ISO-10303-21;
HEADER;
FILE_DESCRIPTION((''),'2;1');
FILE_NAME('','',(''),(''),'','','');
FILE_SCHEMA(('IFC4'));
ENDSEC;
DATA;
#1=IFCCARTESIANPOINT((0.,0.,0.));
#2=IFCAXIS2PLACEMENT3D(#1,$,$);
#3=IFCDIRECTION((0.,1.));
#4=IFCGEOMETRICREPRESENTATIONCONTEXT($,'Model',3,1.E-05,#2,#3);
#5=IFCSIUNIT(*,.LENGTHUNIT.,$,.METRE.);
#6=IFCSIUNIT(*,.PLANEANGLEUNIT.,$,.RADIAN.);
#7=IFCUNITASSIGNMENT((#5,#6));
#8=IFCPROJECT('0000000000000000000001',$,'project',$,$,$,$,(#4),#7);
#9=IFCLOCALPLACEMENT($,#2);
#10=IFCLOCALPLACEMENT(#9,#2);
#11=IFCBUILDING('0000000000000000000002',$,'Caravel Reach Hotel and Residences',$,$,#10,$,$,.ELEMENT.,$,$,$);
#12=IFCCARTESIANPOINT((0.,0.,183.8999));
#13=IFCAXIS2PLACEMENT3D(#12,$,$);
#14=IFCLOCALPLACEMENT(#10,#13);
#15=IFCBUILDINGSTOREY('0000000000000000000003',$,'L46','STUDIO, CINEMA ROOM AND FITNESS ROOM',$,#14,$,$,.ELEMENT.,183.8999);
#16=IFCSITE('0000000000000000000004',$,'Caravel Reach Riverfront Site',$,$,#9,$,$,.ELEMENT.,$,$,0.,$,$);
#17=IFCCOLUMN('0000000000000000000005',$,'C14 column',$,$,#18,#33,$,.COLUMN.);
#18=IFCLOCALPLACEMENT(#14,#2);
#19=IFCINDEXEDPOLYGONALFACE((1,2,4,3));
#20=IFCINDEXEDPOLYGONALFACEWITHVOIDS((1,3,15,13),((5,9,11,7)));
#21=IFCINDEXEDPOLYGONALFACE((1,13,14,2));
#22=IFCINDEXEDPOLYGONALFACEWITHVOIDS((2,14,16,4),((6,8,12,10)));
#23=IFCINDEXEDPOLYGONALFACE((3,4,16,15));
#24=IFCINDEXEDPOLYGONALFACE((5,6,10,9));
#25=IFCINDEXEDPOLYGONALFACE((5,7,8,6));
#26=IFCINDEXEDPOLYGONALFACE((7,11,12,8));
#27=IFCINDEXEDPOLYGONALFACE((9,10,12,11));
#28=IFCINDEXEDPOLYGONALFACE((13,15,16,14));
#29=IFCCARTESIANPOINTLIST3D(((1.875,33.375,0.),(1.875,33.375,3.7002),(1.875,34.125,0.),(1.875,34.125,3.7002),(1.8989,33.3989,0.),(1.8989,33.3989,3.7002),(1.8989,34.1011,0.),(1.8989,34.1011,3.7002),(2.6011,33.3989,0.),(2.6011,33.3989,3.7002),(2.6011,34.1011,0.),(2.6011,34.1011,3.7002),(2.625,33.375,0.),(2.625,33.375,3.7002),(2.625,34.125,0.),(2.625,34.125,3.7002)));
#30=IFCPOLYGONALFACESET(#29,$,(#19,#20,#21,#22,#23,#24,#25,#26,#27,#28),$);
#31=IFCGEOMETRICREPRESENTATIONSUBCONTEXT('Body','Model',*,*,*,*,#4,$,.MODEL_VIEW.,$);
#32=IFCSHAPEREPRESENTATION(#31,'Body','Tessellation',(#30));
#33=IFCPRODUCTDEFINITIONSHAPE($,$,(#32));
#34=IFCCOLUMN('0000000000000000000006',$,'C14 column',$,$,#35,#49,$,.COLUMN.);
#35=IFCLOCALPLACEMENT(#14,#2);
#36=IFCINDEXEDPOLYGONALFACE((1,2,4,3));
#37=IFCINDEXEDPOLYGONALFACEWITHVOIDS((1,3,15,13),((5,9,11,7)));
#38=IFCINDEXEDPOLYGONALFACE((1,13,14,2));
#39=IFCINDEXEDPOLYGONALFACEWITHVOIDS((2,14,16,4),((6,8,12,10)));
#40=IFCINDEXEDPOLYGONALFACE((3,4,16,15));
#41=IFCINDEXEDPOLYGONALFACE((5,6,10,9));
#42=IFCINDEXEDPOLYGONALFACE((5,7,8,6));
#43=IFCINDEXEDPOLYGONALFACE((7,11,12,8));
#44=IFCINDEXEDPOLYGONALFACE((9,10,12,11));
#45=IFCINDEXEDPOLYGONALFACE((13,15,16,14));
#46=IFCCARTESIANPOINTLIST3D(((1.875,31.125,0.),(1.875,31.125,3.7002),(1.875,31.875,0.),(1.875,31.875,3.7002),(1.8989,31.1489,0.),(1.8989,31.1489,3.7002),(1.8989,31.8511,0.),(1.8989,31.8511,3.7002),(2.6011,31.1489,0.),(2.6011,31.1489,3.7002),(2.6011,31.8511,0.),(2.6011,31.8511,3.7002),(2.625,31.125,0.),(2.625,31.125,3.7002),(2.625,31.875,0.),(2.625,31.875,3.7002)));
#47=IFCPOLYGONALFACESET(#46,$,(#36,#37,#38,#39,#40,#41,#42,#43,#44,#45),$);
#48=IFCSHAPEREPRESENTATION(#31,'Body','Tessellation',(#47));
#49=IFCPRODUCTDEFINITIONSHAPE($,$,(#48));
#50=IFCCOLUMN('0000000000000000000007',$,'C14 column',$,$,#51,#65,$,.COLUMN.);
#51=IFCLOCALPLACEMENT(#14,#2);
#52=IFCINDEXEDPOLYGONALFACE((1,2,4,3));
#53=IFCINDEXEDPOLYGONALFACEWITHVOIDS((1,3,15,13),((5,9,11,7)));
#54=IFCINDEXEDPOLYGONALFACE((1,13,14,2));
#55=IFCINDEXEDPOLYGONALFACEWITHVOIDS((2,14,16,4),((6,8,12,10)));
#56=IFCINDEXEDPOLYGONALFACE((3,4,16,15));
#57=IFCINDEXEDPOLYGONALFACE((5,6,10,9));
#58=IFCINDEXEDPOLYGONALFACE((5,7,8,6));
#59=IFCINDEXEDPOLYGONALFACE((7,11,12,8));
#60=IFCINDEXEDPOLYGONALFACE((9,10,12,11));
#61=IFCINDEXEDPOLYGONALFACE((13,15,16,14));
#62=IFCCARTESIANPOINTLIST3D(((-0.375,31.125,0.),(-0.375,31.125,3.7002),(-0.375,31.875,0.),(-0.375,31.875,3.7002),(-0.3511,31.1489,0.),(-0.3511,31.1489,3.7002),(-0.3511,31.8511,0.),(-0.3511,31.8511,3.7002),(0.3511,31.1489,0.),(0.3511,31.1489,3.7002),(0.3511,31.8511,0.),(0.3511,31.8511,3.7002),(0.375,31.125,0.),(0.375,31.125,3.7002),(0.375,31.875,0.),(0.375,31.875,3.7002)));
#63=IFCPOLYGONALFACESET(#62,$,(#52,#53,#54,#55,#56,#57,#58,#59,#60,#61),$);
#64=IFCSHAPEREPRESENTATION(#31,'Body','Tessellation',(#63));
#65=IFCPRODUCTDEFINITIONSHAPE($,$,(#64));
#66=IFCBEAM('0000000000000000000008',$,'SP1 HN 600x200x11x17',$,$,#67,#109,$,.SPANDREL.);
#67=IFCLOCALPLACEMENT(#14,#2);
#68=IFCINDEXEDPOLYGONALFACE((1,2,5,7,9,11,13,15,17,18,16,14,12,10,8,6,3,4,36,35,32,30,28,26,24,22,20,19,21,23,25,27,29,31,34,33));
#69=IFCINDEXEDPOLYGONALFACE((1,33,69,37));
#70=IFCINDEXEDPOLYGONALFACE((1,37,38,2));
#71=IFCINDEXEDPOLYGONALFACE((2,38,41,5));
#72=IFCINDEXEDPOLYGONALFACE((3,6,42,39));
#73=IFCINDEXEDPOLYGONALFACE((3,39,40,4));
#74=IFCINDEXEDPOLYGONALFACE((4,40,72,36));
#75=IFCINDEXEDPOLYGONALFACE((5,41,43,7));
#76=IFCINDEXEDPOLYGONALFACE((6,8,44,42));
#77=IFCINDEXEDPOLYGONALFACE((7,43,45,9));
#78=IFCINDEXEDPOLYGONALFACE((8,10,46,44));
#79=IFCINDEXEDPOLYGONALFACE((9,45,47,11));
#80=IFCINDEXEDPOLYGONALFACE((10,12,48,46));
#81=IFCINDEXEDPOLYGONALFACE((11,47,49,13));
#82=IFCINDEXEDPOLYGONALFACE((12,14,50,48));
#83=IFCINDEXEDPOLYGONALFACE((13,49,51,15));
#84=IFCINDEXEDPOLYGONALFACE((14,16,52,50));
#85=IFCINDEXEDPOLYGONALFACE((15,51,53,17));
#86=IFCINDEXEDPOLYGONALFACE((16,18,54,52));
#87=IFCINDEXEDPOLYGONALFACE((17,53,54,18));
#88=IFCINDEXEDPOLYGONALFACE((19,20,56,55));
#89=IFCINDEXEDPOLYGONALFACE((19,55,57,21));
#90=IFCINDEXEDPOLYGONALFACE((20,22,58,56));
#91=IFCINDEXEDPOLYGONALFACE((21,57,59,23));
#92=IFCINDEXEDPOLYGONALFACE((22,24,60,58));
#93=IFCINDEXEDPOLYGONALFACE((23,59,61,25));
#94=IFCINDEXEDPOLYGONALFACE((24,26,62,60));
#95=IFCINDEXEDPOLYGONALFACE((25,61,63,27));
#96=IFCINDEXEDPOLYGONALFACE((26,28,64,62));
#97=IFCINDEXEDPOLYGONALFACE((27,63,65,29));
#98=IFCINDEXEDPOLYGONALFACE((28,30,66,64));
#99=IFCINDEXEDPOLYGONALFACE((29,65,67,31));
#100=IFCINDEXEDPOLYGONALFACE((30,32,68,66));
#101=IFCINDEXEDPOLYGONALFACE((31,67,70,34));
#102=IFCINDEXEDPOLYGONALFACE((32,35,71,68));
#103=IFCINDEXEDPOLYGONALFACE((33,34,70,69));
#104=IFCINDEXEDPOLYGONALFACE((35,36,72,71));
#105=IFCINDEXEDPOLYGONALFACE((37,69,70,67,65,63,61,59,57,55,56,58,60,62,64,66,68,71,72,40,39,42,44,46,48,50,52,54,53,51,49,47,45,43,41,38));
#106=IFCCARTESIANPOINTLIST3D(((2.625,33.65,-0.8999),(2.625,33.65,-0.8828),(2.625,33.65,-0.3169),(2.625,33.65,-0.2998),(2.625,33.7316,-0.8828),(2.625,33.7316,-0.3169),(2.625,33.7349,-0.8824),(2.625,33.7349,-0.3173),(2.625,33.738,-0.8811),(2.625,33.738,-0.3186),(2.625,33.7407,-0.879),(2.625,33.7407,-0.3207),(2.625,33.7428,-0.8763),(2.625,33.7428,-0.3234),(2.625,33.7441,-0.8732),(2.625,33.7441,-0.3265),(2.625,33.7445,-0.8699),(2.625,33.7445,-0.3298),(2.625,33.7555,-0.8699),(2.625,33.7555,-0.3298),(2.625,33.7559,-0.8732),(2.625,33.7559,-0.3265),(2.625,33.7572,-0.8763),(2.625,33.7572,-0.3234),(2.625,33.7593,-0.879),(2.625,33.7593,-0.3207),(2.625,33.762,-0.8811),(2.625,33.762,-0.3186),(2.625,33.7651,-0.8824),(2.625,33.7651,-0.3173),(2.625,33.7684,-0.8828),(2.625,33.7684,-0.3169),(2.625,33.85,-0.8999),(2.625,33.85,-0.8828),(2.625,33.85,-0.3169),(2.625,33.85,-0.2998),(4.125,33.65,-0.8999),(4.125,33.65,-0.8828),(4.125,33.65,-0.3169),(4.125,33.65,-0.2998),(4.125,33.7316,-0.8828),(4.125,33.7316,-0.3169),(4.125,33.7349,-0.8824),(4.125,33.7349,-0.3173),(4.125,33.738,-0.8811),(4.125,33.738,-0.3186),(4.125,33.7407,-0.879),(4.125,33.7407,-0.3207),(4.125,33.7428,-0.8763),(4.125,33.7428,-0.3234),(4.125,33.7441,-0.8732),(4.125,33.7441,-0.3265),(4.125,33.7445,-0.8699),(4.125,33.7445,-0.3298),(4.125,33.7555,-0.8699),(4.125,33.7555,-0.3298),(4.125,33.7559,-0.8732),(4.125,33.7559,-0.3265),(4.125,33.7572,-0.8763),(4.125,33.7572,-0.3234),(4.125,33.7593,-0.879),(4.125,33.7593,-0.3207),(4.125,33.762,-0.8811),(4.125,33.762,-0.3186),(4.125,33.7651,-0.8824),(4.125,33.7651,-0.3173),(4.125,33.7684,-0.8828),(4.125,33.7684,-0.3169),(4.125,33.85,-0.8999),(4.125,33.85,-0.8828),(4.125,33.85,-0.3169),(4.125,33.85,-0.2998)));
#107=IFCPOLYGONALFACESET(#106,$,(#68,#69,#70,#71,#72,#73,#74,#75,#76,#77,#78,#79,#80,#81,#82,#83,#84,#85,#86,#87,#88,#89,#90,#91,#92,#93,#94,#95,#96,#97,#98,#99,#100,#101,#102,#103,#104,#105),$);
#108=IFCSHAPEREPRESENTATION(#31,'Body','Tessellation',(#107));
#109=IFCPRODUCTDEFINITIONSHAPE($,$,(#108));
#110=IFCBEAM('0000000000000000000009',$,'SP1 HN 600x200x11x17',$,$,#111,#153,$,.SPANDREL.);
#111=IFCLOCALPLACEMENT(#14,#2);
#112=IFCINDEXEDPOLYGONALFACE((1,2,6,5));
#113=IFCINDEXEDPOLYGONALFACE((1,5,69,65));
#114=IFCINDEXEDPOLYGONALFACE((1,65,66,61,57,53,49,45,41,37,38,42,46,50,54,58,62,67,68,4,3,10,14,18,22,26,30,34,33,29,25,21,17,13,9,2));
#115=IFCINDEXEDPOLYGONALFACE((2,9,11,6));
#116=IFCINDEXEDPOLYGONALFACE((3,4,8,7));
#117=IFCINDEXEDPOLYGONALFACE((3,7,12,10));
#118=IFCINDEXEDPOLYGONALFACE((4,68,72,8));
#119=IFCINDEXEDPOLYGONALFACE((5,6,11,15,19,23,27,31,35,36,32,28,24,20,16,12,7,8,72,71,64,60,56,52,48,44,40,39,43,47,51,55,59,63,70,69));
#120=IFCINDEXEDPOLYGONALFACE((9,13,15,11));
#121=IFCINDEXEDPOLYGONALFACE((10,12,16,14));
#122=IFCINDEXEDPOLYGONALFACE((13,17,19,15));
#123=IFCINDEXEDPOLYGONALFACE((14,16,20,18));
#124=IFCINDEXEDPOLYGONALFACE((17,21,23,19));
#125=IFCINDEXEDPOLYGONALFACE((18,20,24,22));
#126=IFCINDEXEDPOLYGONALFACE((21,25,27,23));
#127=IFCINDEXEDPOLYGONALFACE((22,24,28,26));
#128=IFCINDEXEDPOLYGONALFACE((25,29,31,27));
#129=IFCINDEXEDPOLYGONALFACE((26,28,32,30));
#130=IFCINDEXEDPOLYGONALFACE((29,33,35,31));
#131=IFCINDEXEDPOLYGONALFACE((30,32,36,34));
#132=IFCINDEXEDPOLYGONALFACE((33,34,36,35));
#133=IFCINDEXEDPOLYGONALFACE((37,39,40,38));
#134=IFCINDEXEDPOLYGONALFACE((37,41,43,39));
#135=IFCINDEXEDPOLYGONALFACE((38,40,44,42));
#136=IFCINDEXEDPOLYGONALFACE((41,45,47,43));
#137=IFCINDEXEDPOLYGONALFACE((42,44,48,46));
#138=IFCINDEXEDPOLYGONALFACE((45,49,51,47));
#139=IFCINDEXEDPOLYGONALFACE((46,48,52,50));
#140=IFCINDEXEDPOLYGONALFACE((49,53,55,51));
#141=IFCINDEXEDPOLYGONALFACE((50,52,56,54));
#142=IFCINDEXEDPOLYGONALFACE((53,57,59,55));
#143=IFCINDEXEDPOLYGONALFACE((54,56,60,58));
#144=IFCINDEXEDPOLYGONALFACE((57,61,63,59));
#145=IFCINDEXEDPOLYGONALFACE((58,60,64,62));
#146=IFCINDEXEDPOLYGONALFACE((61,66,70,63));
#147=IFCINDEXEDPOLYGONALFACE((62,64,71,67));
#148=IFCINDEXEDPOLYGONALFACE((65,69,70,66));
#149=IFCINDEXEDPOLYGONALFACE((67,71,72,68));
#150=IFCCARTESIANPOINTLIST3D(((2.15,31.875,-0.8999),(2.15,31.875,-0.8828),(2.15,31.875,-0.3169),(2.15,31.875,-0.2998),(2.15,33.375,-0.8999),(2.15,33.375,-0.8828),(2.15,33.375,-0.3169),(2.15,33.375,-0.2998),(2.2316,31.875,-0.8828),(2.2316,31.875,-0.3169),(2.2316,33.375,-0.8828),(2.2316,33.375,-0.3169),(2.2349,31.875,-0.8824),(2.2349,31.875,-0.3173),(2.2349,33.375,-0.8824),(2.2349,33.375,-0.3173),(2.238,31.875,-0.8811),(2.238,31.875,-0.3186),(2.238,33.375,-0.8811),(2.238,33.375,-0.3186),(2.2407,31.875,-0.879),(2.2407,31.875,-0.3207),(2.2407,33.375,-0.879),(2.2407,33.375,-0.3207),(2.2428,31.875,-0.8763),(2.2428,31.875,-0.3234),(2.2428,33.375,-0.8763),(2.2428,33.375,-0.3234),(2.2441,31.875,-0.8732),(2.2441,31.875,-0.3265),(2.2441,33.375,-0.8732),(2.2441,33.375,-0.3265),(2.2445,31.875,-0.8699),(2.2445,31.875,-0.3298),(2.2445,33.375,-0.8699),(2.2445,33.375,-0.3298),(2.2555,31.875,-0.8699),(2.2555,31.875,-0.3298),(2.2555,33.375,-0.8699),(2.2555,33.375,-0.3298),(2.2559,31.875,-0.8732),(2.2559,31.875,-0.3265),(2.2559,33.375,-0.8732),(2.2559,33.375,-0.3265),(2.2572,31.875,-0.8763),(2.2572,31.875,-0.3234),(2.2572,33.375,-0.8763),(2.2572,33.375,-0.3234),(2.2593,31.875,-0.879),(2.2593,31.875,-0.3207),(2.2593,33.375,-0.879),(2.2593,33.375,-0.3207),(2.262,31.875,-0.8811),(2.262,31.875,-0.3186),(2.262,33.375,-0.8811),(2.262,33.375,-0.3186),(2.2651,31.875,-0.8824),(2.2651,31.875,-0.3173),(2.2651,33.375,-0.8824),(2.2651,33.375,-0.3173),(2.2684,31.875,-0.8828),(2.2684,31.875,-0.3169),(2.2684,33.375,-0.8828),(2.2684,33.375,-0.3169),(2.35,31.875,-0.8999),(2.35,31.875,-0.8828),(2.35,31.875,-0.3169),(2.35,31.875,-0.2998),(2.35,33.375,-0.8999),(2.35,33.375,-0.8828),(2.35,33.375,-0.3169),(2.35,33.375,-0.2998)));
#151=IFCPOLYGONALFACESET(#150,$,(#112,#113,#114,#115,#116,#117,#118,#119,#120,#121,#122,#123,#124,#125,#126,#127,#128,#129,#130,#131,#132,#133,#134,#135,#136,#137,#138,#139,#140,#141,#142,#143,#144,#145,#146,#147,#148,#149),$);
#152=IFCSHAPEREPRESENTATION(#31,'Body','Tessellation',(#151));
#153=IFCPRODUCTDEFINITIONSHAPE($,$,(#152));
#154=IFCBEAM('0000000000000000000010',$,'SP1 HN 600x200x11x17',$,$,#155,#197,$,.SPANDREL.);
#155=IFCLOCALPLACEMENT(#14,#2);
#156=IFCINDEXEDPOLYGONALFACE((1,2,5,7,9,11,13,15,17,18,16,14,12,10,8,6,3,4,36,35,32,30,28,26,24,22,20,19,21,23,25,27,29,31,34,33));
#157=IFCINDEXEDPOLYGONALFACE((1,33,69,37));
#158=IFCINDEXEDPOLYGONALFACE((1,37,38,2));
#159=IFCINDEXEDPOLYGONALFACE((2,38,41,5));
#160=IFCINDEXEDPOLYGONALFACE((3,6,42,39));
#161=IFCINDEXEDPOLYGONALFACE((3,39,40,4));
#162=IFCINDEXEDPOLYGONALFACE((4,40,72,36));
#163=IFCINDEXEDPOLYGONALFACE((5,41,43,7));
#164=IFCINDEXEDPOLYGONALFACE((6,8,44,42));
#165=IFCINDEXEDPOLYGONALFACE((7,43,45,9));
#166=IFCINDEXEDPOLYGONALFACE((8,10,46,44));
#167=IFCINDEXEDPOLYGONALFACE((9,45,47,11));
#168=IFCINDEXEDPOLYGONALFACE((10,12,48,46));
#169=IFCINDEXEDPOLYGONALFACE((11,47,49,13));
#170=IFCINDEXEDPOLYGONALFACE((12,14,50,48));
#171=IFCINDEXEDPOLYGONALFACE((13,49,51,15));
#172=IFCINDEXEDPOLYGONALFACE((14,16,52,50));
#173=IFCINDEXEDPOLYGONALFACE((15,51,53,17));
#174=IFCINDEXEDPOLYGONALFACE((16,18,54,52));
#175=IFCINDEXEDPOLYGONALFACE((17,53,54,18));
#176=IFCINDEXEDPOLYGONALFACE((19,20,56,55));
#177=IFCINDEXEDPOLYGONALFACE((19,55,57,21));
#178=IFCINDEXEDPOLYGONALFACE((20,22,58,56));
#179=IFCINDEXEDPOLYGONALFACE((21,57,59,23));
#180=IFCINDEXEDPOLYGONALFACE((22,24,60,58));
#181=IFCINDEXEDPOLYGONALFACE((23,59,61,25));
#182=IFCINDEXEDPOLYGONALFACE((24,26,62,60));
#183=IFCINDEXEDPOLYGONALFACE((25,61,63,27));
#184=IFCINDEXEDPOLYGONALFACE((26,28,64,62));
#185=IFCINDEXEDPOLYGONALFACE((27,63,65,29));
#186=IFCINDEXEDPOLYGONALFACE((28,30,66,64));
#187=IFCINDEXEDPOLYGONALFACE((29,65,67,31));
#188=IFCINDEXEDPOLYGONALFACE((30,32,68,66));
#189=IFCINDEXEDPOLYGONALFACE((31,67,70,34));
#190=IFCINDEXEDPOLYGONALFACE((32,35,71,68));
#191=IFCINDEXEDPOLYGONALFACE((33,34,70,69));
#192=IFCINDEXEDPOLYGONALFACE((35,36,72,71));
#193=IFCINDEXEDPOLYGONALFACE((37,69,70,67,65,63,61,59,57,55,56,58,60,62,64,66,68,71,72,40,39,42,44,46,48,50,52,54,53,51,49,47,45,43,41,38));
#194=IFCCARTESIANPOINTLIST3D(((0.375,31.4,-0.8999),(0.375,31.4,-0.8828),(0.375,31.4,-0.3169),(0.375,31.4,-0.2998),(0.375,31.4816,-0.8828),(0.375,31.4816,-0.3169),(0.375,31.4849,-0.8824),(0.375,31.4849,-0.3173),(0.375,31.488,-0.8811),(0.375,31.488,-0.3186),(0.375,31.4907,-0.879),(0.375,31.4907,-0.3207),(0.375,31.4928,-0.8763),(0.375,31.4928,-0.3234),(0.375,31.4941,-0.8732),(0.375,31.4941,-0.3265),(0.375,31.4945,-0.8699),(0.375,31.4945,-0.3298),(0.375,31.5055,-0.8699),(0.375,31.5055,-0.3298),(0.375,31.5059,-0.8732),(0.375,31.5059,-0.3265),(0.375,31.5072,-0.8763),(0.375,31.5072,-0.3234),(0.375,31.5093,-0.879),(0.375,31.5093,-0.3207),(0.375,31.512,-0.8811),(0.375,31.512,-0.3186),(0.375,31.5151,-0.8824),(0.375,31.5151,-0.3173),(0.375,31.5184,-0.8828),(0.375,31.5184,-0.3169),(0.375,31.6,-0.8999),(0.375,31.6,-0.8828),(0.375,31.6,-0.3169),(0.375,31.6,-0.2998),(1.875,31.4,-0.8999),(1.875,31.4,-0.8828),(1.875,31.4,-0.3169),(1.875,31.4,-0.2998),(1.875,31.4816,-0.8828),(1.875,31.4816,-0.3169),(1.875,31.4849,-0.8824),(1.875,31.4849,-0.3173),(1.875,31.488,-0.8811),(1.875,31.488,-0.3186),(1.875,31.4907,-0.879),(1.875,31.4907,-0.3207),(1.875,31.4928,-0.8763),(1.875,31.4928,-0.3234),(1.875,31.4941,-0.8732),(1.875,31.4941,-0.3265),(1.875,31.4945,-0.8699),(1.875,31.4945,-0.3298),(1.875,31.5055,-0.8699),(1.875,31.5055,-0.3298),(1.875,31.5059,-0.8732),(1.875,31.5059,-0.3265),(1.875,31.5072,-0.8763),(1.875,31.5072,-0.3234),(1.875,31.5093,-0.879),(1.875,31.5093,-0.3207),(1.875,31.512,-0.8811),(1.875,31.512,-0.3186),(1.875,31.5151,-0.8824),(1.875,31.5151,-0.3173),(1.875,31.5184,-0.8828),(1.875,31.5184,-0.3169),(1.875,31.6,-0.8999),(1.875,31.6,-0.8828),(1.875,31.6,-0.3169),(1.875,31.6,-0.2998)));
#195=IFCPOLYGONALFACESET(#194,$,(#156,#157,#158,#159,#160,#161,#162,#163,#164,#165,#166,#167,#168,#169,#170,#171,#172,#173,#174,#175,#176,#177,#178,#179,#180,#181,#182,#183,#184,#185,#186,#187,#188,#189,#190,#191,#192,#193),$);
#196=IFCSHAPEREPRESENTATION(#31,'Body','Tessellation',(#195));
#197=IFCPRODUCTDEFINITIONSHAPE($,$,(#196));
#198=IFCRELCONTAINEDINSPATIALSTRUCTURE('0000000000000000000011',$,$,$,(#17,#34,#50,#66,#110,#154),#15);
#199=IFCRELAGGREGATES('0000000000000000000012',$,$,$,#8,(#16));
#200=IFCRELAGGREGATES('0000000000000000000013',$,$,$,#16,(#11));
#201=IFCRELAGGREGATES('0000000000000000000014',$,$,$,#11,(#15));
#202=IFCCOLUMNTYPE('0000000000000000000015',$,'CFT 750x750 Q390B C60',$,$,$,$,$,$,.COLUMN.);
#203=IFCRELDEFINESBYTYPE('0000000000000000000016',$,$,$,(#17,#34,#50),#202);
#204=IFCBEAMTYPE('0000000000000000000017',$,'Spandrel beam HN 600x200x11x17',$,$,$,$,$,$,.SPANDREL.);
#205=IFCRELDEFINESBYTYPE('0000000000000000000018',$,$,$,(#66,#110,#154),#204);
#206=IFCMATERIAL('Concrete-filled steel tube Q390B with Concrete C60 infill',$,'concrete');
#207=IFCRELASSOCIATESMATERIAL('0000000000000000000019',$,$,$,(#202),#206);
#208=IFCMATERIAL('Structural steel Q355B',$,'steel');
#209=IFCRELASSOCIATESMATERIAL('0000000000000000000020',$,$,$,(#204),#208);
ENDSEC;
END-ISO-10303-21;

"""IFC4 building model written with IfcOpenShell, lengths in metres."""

from ifc_helpers import new_model, si_unit, direction, frame, origin, origin_2d, place, context, subcontext, project, spatial, hollow_rectangle, i_section, extrude, material, material_profile, profile_set, type_object, element, save


model = new_model("IFC4")

# Units and contexts
model_context = context("Model", 3, precision=1e-05, world=origin(), true_north=direction((0.0, 1.0)))
body_context = subcontext(model_context, "Body", "Model", "MODEL_VIEW")
ifc_project = project(units=[si_unit("LENGTHUNIT", "METRE"), si_unit("PLANEANGLEUNIT", "RADIAN")], contexts=[model_context])

# Site, building, storey
site_placement = place(None, origin())
site = spatial("IfcSite", under=ifc_project, at=site_placement, Name="Caravel Reach Riverfront Site", CompositionType="ELEMENT", RefElevation=0.0)
building_placement = place(site_placement, origin())
building = spatial("IfcBuilding", under=site, at=building_placement, Name="Caravel Reach Hotel and Residences", CompositionType="ELEMENT")
storey_placement = place(building_placement, frame((0.0, 0.0, 183.8999)))
storey = spatial("IfcBuildingStorey", under=building, at=storey_placement, Name="L46", Description="STUDIO, CINEMA ROOM AND FITNESS ROOM", CompositionType="ELEMENT", Elevation=183.8999)

# Columns
ifc_material_1 = material(Name="Concrete-filled steel tube Q390B with Concrete C60 infill", Category="concrete")
ifc_material_profile_1 = material_profile(ifc_material_1, hollow_rectangle(XDim=0.75, YDim=0.75, WallThickness=0.0239, at=origin_2d()), Name="RHS 750x750x24")
ifc_profile_set_1 = profile_set([ifc_material_profile_1], Name="Concrete-filled steel tube Q390B with Concrete C60 infill")
column_type = type_object("IfcColumnType", Name="CFT 750x750 Q390B C60", PredefinedType="COLUMN", material=ifc_profile_set_1)
for number, where, z_axis, x_axis, name in (
    (1, (2.25, 33.75, 0.0), (0.0, 0.0, 1.0), (1.0, 0.0, 0.0), "C14 column"),
    (2, (2.25, 31.5, 0.0), (0.0, 0.0, 1.0), (1.0, 0.0, 0.0), "C14 column"),
    (3, (0.0, 31.5, 0.0), (0.0, 0.0, 1.0), (1.0, 0.0, 0.0), "C14 column"),
):
    element("IfcColumn", number, at=place(storey_placement, frame(where, z_axis=z_axis, x_axis=x_axis)), inside=storey, type_object=column_type, Name=name, PredefinedType="COLUMN", context=body_context, shape_type="SweptSolid", body=[
        extrude(hollow_rectangle(XDim=0.75, YDim=0.75, WallThickness=0.0239, at=origin_2d()), origin(), (0.0, 0.0, 1.0), 3.7002),
    ])

# Beams
ifc_material_2 = material(Name="Structural steel Q355B", Category="steel")
ifc_material_profile_2 = material_profile(ifc_material_2, i_section(OverallWidth=0.2, OverallDepth=0.6001, WebThickness=0.011, FlangeThickness=0.0171, FilletRadius=0.0129, at=origin_2d()), Name="HN 600x200x11x17")
ifc_profile_set_2 = profile_set([ifc_material_profile_2], Name="Structural steel Q355B")
beam_type = type_object("IfcBeamType", Name="Spandrel beam HN 600x200x11x17", PredefinedType="SPANDREL", material=ifc_profile_set_2)
for number, where, z_axis, x_axis, name in (
    (4, (4.125, 33.75, -0.5999), (-1.0, 0.0, 0.0), (0.0, -1.0, 0.0), "SP1 HN 600x200x11x17"),
    (5, (2.25, 33.375, -0.5999), (0.0, -1.0, 0.0), (1.0, 0.0, 0.0), "SP1 HN 600x200x11x17"),
    (6, (1.875, 31.5, -0.5999), (-1.0, 0.0, 0.0), (0.0, -1.0, 0.0), "SP1 HN 600x200x11x17"),
):
    element("IfcBeam", number, at=place(storey_placement, frame(where, z_axis=z_axis, x_axis=x_axis)), inside=storey, type_object=beam_type, Name=name, PredefinedType="SPANDREL", context=body_context, shape_type="SweptSolid", body=[
        extrude(i_section(OverallWidth=0.2, OverallDepth=0.6001, WebThickness=0.011, FlangeThickness=0.0171, FilletRadius=0.0129, at=origin_2d()), origin(), (0.0, 0.0, 1.0), 1.5),
    ])

save(model, "model.ifc")
